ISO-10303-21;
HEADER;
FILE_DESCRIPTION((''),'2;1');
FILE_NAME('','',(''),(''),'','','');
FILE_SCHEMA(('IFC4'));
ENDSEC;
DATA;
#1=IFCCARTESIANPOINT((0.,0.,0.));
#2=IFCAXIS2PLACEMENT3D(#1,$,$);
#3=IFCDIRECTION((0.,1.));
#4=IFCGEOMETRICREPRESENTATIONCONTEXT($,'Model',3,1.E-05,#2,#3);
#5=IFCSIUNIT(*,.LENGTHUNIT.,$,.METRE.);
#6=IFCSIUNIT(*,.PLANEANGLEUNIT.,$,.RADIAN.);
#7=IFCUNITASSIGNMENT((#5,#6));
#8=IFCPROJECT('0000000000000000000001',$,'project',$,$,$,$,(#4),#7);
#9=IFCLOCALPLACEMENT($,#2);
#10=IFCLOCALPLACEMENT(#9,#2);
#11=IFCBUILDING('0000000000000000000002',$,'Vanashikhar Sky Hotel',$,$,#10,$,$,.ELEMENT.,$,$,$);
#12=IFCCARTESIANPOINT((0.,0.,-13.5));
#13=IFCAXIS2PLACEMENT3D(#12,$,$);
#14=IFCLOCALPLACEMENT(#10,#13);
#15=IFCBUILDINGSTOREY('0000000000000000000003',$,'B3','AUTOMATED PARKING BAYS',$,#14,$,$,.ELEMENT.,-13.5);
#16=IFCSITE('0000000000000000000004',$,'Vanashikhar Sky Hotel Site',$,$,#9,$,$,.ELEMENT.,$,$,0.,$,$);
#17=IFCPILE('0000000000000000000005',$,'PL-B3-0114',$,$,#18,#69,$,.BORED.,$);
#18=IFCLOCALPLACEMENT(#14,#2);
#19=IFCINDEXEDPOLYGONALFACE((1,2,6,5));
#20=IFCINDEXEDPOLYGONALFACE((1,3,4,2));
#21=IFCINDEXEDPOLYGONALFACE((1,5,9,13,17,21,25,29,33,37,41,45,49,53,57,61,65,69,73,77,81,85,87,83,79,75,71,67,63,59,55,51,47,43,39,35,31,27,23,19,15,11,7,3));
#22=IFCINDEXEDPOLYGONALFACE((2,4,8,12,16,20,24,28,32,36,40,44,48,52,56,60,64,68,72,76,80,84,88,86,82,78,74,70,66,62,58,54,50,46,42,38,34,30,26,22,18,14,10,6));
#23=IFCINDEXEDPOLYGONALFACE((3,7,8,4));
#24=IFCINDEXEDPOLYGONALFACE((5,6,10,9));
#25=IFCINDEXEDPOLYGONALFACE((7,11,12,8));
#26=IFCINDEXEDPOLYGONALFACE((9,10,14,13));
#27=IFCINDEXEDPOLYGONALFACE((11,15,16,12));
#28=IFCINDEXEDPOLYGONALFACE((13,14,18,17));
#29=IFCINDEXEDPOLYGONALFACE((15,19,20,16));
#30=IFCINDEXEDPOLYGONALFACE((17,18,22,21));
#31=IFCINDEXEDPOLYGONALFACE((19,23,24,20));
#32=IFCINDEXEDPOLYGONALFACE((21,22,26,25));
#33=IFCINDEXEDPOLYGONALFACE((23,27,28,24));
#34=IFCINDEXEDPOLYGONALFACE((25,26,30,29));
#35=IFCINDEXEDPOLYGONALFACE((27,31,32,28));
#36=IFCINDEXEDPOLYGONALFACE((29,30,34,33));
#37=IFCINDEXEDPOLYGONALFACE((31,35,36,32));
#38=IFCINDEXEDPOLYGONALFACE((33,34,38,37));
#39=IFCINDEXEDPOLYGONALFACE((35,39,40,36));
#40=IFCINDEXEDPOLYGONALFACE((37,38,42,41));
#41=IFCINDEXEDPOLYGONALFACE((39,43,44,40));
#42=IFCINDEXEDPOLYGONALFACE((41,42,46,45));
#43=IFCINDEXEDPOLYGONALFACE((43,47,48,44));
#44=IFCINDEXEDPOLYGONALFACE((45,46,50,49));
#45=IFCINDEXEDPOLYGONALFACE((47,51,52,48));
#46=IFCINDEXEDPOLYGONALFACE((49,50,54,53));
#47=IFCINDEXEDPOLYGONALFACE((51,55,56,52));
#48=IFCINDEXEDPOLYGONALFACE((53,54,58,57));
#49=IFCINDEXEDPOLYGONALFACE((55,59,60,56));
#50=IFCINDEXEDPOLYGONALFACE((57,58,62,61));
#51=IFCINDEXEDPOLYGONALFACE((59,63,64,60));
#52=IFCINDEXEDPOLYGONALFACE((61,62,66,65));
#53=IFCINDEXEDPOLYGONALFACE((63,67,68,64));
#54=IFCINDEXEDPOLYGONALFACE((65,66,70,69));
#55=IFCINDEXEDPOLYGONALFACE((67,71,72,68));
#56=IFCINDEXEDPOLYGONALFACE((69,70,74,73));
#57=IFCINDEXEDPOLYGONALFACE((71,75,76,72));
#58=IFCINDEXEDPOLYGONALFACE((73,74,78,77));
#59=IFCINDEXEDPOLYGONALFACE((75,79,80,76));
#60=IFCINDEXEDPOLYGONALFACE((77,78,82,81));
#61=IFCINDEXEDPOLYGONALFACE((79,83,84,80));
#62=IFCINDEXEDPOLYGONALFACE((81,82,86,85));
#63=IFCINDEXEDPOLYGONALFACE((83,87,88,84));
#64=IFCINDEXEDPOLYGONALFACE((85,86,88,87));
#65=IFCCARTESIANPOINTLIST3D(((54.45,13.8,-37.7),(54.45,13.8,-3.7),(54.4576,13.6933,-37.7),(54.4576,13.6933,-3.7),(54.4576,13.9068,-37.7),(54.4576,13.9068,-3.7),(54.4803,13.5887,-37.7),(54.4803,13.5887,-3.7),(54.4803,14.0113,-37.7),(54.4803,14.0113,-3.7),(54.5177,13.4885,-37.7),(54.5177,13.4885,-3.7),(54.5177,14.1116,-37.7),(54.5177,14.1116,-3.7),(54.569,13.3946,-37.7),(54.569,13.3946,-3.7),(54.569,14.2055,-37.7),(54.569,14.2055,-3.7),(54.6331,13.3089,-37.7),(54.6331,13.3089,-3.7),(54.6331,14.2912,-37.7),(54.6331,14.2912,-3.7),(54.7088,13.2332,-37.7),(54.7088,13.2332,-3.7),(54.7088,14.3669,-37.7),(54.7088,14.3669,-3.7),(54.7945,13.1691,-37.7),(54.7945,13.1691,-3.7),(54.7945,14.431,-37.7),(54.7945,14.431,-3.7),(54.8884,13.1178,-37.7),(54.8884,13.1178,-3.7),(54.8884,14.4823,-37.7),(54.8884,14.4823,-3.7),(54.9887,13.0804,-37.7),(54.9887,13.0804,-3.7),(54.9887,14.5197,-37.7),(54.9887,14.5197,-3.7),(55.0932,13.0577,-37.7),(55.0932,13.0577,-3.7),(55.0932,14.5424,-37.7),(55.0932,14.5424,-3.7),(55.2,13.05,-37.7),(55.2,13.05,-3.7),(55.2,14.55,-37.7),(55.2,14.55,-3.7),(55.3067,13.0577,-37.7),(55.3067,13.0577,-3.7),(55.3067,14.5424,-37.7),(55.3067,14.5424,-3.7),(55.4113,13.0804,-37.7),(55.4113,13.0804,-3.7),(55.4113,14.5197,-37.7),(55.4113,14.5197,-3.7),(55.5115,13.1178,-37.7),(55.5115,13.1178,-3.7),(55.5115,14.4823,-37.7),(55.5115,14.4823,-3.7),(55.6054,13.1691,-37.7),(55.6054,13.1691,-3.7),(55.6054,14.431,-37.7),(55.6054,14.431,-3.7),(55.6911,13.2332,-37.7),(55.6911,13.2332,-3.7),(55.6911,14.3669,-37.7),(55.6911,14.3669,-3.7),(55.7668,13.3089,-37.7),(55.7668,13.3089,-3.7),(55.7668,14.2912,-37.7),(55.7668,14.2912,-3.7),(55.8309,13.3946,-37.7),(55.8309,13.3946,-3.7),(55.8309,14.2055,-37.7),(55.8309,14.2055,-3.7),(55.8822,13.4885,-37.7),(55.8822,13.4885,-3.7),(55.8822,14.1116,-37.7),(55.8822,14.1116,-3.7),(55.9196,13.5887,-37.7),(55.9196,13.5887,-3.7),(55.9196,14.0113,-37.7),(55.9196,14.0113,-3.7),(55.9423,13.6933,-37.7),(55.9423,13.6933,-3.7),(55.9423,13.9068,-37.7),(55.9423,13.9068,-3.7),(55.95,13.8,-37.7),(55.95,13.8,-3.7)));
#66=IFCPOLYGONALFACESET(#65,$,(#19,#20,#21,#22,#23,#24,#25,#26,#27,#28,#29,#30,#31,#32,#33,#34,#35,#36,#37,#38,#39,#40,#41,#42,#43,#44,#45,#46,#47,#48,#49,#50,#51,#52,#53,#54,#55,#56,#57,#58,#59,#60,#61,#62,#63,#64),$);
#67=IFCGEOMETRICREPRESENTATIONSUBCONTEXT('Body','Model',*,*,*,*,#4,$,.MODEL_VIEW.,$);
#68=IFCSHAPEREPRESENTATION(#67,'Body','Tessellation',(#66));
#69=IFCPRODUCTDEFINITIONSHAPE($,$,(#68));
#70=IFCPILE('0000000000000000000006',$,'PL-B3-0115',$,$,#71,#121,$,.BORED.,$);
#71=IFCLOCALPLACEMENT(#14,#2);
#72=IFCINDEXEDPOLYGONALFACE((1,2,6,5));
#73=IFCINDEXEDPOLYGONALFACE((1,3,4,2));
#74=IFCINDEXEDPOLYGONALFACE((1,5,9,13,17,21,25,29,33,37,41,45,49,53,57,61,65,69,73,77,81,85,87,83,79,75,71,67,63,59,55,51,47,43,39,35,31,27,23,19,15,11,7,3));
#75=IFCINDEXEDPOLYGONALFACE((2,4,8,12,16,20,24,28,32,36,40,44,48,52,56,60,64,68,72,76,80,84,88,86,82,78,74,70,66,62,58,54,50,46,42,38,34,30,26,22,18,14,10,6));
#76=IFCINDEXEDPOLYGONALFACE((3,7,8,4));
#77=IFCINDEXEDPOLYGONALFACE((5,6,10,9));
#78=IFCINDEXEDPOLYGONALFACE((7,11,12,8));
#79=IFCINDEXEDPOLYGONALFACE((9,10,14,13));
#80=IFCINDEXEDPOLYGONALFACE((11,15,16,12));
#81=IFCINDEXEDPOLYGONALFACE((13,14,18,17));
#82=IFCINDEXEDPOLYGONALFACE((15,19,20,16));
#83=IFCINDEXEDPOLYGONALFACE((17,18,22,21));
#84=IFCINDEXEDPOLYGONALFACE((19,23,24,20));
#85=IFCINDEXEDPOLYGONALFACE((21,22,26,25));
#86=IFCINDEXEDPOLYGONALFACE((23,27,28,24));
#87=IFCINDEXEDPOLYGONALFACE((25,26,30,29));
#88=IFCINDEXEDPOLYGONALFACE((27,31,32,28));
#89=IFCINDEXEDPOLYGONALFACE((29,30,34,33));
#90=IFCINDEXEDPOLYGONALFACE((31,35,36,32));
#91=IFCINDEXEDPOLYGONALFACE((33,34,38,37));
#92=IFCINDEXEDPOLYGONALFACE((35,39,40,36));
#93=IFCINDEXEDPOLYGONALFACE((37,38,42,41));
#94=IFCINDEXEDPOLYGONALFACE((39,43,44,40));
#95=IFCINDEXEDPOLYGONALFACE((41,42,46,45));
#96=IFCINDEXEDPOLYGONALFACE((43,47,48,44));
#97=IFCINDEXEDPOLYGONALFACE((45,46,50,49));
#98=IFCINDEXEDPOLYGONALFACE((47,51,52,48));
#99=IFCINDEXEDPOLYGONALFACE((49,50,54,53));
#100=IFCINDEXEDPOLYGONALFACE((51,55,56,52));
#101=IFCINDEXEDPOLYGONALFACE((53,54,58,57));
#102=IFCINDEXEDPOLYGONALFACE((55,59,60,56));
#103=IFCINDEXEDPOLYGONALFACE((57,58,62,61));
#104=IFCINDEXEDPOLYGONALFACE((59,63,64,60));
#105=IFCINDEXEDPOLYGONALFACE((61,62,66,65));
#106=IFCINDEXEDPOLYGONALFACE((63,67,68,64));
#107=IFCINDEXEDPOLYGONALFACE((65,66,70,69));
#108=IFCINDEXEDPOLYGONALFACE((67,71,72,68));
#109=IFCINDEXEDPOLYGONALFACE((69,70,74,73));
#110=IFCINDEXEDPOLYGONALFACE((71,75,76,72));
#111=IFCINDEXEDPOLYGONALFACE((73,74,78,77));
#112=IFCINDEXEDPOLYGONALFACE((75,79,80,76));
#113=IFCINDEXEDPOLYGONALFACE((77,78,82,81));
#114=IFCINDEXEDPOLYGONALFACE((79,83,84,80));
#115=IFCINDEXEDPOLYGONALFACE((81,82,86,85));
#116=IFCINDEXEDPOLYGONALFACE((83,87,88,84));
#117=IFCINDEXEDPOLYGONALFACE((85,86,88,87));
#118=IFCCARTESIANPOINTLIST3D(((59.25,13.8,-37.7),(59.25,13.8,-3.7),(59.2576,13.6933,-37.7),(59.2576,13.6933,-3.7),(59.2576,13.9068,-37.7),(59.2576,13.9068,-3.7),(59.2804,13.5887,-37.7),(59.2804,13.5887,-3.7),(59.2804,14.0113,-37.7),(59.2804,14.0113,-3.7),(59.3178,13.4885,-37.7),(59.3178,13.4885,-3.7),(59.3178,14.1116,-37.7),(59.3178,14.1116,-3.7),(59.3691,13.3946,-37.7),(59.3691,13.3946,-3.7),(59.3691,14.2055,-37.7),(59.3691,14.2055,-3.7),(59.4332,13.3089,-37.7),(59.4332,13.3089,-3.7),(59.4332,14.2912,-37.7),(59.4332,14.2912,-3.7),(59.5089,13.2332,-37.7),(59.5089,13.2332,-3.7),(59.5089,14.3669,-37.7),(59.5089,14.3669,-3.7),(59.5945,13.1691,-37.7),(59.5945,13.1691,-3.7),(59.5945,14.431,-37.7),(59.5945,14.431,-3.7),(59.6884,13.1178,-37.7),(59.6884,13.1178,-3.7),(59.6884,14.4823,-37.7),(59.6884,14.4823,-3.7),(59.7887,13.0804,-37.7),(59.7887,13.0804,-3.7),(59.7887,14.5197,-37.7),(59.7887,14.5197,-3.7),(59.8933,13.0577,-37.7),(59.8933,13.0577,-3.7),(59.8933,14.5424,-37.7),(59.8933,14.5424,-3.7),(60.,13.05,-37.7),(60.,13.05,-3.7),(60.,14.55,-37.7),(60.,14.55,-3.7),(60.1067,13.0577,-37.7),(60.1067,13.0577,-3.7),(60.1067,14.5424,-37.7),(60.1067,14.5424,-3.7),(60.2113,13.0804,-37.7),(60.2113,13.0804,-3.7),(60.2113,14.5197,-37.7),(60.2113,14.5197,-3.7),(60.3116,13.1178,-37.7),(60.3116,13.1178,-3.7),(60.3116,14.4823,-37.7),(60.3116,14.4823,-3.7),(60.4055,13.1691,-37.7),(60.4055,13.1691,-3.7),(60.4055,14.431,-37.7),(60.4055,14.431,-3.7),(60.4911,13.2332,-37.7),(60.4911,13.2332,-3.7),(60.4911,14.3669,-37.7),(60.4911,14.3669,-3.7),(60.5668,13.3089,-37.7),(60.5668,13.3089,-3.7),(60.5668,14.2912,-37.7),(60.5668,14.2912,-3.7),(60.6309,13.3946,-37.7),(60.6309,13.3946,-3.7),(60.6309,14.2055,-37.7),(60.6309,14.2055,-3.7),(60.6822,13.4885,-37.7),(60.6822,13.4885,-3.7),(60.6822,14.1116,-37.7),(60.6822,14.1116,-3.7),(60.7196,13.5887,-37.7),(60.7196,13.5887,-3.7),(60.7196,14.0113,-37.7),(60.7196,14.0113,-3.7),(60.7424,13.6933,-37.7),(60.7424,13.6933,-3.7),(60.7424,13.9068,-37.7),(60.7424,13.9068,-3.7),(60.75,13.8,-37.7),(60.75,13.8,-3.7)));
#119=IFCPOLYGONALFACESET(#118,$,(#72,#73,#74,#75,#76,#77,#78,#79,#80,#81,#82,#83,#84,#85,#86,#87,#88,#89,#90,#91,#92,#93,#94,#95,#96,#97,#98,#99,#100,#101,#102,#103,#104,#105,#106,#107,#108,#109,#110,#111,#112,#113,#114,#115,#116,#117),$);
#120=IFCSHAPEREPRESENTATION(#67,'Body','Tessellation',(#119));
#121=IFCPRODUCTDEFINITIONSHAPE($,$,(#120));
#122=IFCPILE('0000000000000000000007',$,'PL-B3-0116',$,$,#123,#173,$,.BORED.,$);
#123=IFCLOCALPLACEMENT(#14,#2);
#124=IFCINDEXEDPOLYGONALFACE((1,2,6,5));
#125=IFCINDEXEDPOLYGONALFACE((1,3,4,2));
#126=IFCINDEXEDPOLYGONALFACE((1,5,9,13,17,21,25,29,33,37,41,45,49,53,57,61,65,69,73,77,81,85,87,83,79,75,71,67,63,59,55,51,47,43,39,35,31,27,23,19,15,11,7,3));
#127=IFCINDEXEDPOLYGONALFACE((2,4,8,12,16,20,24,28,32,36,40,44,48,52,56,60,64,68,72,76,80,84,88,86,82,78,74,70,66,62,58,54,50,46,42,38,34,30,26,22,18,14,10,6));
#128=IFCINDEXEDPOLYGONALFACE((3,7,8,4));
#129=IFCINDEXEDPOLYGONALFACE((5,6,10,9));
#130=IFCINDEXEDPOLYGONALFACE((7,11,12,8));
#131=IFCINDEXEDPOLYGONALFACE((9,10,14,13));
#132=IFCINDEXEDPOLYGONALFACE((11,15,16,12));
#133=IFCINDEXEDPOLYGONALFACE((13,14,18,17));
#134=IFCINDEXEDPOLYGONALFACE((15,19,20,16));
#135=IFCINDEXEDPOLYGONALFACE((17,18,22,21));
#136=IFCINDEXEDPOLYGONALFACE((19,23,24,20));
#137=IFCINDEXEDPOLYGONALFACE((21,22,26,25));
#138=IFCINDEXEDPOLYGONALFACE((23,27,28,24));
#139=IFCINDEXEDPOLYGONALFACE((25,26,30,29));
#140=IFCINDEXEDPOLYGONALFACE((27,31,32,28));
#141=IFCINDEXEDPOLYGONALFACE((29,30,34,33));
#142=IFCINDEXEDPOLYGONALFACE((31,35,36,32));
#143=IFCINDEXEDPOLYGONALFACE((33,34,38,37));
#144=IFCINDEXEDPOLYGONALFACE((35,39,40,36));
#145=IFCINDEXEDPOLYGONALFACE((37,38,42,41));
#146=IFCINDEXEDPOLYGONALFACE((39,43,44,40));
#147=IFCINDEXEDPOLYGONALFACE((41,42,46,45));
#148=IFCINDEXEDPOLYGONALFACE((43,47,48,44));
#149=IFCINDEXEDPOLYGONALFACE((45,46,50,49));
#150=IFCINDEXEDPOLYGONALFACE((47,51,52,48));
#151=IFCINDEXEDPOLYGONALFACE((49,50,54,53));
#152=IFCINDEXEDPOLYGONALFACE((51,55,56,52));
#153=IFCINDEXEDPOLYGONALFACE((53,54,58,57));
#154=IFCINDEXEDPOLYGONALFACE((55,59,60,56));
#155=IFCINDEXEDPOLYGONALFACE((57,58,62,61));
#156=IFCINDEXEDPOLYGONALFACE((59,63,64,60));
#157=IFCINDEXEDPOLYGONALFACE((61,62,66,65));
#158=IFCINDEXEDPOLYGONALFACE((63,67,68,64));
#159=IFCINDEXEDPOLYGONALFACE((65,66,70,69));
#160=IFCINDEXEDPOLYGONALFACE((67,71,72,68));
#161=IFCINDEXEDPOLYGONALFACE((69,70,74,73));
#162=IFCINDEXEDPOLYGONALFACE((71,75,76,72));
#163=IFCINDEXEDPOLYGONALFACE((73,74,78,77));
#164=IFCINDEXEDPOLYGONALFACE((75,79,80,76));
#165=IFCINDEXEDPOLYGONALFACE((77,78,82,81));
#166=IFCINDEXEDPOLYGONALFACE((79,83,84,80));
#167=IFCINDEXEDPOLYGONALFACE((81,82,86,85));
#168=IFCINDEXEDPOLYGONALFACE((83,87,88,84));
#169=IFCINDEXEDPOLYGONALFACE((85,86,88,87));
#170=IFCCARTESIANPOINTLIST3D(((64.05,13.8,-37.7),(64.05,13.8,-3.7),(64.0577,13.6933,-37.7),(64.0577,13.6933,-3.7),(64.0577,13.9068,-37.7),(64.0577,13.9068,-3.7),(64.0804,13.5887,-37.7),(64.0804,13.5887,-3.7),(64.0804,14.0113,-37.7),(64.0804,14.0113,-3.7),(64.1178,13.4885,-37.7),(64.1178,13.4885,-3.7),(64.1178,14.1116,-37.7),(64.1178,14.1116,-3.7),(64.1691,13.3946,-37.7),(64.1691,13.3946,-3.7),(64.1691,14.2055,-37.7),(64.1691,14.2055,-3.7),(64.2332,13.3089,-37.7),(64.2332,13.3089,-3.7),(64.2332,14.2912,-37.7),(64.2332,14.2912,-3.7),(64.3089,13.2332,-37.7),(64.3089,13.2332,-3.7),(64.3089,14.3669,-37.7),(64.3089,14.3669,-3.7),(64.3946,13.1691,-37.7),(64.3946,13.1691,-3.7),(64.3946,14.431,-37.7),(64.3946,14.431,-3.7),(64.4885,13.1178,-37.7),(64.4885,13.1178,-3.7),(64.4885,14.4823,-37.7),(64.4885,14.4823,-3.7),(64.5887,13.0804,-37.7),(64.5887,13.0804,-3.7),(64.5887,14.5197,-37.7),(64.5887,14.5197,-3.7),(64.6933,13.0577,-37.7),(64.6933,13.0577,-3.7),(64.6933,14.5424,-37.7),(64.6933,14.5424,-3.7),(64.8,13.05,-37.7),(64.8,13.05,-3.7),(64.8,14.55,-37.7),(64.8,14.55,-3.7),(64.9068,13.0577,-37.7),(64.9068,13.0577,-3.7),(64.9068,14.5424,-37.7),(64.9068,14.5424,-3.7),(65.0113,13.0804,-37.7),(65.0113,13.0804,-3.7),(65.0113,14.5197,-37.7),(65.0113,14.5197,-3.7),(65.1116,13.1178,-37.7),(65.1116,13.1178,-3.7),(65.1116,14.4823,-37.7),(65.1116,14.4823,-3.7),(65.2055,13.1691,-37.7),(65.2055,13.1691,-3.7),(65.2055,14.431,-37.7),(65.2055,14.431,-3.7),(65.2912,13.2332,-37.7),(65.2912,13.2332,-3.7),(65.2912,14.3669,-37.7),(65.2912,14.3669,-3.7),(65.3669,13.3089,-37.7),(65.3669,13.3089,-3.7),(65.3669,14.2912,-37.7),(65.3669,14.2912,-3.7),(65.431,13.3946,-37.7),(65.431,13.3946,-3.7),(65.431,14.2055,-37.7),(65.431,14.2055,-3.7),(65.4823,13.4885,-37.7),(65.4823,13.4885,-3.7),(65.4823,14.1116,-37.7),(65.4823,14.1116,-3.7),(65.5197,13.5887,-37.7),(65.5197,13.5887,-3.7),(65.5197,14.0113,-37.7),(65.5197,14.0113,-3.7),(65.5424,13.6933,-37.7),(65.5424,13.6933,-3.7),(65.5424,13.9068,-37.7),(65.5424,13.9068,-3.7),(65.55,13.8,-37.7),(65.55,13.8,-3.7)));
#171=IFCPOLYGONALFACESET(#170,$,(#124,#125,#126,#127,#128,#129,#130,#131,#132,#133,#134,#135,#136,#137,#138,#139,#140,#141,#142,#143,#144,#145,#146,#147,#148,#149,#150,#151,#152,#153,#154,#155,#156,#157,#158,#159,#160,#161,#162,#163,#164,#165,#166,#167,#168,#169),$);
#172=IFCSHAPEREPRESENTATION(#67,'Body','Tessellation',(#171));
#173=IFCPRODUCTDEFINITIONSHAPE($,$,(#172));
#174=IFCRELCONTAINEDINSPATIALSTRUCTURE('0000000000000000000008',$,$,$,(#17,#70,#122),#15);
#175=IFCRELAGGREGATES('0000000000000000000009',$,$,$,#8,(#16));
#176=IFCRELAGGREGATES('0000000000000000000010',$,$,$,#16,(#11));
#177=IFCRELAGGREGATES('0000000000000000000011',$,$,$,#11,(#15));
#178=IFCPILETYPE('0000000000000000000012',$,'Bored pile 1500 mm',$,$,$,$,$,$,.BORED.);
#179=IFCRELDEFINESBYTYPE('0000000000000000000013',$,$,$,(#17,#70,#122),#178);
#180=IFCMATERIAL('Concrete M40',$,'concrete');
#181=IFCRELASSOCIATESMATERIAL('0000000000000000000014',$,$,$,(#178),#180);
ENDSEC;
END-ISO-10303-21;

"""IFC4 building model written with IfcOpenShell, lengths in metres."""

from ifc_helpers import new_model, si_unit, direction, frame, origin, origin_2d, place, context, subcontext, project, spatial, circle, extrude, source, transform, mapped, material, type_object, element, save


model = new_model("IFC4")

# Units and contexts
model_context = context("Model", 3, precision=1e-05, world=origin(), true_north=direction((0.0, 1.0)))
body_context = subcontext(model_context, "Body", "Model", "MODEL_VIEW")
ifc_project = project(units=[si_unit("LENGTHUNIT", "METRE"), si_unit("PLANEANGLEUNIT", "RADIAN")], contexts=[model_context])

# Site, building, storey
site_placement = place(None, origin())
site = spatial("IfcSite", under=ifc_project, at=site_placement, Name="Vanashikhar Sky Hotel Site", CompositionType="ELEMENT", RefElevation=0.0)
building_placement = place(site_placement, origin())
building = spatial("IfcBuilding", under=site, at=building_placement, Name="Vanashikhar Sky Hotel", CompositionType="ELEMENT")
storey_placement = place(building_placement, frame((0.0, 0.0, -13.5)))
storey = spatial("IfcBuildingStorey", under=building, at=storey_placement, Name="B3", Description="AUTOMATED PARKING BAYS", CompositionType="ELEMENT", Elevation=-13.5)

# Piles
ifc_material_1 = material(Name="Concrete M40", Category="concrete")
pile_type = type_object("IfcPileType", Name="Bored pile 1500 mm", PredefinedType="BORED", material=ifc_material_1)
shared_shape_1 = source(origin(), body_context, "Body", "SweptSolid", [
    extrude(circle(Radius=0.75, at=origin_2d()), origin(), (0.0, 0.0, 1.0), 34.0),
])
for number, where, z_axis, x_axis, name in (
    (1, (55.2, 13.8, -3.7), (0.0, 0.0, -1.0), (1.0, 0.0, 0.0), "PL-B3-0114"),
    (2, (60.0, 13.8, -3.7), (0.0, 0.0, -1.0), (1.0, 0.0, 0.0), "PL-B3-0115"),
    (3, (64.8, 13.8, -3.7), (0.0, 0.0, -1.0), (1.0, 0.0, 0.0), "PL-B3-0116"),
):
    element("IfcPile", number, at=place(storey_placement, frame(where, z_axis=z_axis, x_axis=x_axis)), inside=storey, type_object=pile_type, Name=name, PredefinedType="BORED", context=body_context, shape_type="MappedRepresentation", body=[
        mapped(shared_shape_1, transform((0.0, 0.0, 0.0), scale=1.0)),
    ])

save(model, "model.ifc")
